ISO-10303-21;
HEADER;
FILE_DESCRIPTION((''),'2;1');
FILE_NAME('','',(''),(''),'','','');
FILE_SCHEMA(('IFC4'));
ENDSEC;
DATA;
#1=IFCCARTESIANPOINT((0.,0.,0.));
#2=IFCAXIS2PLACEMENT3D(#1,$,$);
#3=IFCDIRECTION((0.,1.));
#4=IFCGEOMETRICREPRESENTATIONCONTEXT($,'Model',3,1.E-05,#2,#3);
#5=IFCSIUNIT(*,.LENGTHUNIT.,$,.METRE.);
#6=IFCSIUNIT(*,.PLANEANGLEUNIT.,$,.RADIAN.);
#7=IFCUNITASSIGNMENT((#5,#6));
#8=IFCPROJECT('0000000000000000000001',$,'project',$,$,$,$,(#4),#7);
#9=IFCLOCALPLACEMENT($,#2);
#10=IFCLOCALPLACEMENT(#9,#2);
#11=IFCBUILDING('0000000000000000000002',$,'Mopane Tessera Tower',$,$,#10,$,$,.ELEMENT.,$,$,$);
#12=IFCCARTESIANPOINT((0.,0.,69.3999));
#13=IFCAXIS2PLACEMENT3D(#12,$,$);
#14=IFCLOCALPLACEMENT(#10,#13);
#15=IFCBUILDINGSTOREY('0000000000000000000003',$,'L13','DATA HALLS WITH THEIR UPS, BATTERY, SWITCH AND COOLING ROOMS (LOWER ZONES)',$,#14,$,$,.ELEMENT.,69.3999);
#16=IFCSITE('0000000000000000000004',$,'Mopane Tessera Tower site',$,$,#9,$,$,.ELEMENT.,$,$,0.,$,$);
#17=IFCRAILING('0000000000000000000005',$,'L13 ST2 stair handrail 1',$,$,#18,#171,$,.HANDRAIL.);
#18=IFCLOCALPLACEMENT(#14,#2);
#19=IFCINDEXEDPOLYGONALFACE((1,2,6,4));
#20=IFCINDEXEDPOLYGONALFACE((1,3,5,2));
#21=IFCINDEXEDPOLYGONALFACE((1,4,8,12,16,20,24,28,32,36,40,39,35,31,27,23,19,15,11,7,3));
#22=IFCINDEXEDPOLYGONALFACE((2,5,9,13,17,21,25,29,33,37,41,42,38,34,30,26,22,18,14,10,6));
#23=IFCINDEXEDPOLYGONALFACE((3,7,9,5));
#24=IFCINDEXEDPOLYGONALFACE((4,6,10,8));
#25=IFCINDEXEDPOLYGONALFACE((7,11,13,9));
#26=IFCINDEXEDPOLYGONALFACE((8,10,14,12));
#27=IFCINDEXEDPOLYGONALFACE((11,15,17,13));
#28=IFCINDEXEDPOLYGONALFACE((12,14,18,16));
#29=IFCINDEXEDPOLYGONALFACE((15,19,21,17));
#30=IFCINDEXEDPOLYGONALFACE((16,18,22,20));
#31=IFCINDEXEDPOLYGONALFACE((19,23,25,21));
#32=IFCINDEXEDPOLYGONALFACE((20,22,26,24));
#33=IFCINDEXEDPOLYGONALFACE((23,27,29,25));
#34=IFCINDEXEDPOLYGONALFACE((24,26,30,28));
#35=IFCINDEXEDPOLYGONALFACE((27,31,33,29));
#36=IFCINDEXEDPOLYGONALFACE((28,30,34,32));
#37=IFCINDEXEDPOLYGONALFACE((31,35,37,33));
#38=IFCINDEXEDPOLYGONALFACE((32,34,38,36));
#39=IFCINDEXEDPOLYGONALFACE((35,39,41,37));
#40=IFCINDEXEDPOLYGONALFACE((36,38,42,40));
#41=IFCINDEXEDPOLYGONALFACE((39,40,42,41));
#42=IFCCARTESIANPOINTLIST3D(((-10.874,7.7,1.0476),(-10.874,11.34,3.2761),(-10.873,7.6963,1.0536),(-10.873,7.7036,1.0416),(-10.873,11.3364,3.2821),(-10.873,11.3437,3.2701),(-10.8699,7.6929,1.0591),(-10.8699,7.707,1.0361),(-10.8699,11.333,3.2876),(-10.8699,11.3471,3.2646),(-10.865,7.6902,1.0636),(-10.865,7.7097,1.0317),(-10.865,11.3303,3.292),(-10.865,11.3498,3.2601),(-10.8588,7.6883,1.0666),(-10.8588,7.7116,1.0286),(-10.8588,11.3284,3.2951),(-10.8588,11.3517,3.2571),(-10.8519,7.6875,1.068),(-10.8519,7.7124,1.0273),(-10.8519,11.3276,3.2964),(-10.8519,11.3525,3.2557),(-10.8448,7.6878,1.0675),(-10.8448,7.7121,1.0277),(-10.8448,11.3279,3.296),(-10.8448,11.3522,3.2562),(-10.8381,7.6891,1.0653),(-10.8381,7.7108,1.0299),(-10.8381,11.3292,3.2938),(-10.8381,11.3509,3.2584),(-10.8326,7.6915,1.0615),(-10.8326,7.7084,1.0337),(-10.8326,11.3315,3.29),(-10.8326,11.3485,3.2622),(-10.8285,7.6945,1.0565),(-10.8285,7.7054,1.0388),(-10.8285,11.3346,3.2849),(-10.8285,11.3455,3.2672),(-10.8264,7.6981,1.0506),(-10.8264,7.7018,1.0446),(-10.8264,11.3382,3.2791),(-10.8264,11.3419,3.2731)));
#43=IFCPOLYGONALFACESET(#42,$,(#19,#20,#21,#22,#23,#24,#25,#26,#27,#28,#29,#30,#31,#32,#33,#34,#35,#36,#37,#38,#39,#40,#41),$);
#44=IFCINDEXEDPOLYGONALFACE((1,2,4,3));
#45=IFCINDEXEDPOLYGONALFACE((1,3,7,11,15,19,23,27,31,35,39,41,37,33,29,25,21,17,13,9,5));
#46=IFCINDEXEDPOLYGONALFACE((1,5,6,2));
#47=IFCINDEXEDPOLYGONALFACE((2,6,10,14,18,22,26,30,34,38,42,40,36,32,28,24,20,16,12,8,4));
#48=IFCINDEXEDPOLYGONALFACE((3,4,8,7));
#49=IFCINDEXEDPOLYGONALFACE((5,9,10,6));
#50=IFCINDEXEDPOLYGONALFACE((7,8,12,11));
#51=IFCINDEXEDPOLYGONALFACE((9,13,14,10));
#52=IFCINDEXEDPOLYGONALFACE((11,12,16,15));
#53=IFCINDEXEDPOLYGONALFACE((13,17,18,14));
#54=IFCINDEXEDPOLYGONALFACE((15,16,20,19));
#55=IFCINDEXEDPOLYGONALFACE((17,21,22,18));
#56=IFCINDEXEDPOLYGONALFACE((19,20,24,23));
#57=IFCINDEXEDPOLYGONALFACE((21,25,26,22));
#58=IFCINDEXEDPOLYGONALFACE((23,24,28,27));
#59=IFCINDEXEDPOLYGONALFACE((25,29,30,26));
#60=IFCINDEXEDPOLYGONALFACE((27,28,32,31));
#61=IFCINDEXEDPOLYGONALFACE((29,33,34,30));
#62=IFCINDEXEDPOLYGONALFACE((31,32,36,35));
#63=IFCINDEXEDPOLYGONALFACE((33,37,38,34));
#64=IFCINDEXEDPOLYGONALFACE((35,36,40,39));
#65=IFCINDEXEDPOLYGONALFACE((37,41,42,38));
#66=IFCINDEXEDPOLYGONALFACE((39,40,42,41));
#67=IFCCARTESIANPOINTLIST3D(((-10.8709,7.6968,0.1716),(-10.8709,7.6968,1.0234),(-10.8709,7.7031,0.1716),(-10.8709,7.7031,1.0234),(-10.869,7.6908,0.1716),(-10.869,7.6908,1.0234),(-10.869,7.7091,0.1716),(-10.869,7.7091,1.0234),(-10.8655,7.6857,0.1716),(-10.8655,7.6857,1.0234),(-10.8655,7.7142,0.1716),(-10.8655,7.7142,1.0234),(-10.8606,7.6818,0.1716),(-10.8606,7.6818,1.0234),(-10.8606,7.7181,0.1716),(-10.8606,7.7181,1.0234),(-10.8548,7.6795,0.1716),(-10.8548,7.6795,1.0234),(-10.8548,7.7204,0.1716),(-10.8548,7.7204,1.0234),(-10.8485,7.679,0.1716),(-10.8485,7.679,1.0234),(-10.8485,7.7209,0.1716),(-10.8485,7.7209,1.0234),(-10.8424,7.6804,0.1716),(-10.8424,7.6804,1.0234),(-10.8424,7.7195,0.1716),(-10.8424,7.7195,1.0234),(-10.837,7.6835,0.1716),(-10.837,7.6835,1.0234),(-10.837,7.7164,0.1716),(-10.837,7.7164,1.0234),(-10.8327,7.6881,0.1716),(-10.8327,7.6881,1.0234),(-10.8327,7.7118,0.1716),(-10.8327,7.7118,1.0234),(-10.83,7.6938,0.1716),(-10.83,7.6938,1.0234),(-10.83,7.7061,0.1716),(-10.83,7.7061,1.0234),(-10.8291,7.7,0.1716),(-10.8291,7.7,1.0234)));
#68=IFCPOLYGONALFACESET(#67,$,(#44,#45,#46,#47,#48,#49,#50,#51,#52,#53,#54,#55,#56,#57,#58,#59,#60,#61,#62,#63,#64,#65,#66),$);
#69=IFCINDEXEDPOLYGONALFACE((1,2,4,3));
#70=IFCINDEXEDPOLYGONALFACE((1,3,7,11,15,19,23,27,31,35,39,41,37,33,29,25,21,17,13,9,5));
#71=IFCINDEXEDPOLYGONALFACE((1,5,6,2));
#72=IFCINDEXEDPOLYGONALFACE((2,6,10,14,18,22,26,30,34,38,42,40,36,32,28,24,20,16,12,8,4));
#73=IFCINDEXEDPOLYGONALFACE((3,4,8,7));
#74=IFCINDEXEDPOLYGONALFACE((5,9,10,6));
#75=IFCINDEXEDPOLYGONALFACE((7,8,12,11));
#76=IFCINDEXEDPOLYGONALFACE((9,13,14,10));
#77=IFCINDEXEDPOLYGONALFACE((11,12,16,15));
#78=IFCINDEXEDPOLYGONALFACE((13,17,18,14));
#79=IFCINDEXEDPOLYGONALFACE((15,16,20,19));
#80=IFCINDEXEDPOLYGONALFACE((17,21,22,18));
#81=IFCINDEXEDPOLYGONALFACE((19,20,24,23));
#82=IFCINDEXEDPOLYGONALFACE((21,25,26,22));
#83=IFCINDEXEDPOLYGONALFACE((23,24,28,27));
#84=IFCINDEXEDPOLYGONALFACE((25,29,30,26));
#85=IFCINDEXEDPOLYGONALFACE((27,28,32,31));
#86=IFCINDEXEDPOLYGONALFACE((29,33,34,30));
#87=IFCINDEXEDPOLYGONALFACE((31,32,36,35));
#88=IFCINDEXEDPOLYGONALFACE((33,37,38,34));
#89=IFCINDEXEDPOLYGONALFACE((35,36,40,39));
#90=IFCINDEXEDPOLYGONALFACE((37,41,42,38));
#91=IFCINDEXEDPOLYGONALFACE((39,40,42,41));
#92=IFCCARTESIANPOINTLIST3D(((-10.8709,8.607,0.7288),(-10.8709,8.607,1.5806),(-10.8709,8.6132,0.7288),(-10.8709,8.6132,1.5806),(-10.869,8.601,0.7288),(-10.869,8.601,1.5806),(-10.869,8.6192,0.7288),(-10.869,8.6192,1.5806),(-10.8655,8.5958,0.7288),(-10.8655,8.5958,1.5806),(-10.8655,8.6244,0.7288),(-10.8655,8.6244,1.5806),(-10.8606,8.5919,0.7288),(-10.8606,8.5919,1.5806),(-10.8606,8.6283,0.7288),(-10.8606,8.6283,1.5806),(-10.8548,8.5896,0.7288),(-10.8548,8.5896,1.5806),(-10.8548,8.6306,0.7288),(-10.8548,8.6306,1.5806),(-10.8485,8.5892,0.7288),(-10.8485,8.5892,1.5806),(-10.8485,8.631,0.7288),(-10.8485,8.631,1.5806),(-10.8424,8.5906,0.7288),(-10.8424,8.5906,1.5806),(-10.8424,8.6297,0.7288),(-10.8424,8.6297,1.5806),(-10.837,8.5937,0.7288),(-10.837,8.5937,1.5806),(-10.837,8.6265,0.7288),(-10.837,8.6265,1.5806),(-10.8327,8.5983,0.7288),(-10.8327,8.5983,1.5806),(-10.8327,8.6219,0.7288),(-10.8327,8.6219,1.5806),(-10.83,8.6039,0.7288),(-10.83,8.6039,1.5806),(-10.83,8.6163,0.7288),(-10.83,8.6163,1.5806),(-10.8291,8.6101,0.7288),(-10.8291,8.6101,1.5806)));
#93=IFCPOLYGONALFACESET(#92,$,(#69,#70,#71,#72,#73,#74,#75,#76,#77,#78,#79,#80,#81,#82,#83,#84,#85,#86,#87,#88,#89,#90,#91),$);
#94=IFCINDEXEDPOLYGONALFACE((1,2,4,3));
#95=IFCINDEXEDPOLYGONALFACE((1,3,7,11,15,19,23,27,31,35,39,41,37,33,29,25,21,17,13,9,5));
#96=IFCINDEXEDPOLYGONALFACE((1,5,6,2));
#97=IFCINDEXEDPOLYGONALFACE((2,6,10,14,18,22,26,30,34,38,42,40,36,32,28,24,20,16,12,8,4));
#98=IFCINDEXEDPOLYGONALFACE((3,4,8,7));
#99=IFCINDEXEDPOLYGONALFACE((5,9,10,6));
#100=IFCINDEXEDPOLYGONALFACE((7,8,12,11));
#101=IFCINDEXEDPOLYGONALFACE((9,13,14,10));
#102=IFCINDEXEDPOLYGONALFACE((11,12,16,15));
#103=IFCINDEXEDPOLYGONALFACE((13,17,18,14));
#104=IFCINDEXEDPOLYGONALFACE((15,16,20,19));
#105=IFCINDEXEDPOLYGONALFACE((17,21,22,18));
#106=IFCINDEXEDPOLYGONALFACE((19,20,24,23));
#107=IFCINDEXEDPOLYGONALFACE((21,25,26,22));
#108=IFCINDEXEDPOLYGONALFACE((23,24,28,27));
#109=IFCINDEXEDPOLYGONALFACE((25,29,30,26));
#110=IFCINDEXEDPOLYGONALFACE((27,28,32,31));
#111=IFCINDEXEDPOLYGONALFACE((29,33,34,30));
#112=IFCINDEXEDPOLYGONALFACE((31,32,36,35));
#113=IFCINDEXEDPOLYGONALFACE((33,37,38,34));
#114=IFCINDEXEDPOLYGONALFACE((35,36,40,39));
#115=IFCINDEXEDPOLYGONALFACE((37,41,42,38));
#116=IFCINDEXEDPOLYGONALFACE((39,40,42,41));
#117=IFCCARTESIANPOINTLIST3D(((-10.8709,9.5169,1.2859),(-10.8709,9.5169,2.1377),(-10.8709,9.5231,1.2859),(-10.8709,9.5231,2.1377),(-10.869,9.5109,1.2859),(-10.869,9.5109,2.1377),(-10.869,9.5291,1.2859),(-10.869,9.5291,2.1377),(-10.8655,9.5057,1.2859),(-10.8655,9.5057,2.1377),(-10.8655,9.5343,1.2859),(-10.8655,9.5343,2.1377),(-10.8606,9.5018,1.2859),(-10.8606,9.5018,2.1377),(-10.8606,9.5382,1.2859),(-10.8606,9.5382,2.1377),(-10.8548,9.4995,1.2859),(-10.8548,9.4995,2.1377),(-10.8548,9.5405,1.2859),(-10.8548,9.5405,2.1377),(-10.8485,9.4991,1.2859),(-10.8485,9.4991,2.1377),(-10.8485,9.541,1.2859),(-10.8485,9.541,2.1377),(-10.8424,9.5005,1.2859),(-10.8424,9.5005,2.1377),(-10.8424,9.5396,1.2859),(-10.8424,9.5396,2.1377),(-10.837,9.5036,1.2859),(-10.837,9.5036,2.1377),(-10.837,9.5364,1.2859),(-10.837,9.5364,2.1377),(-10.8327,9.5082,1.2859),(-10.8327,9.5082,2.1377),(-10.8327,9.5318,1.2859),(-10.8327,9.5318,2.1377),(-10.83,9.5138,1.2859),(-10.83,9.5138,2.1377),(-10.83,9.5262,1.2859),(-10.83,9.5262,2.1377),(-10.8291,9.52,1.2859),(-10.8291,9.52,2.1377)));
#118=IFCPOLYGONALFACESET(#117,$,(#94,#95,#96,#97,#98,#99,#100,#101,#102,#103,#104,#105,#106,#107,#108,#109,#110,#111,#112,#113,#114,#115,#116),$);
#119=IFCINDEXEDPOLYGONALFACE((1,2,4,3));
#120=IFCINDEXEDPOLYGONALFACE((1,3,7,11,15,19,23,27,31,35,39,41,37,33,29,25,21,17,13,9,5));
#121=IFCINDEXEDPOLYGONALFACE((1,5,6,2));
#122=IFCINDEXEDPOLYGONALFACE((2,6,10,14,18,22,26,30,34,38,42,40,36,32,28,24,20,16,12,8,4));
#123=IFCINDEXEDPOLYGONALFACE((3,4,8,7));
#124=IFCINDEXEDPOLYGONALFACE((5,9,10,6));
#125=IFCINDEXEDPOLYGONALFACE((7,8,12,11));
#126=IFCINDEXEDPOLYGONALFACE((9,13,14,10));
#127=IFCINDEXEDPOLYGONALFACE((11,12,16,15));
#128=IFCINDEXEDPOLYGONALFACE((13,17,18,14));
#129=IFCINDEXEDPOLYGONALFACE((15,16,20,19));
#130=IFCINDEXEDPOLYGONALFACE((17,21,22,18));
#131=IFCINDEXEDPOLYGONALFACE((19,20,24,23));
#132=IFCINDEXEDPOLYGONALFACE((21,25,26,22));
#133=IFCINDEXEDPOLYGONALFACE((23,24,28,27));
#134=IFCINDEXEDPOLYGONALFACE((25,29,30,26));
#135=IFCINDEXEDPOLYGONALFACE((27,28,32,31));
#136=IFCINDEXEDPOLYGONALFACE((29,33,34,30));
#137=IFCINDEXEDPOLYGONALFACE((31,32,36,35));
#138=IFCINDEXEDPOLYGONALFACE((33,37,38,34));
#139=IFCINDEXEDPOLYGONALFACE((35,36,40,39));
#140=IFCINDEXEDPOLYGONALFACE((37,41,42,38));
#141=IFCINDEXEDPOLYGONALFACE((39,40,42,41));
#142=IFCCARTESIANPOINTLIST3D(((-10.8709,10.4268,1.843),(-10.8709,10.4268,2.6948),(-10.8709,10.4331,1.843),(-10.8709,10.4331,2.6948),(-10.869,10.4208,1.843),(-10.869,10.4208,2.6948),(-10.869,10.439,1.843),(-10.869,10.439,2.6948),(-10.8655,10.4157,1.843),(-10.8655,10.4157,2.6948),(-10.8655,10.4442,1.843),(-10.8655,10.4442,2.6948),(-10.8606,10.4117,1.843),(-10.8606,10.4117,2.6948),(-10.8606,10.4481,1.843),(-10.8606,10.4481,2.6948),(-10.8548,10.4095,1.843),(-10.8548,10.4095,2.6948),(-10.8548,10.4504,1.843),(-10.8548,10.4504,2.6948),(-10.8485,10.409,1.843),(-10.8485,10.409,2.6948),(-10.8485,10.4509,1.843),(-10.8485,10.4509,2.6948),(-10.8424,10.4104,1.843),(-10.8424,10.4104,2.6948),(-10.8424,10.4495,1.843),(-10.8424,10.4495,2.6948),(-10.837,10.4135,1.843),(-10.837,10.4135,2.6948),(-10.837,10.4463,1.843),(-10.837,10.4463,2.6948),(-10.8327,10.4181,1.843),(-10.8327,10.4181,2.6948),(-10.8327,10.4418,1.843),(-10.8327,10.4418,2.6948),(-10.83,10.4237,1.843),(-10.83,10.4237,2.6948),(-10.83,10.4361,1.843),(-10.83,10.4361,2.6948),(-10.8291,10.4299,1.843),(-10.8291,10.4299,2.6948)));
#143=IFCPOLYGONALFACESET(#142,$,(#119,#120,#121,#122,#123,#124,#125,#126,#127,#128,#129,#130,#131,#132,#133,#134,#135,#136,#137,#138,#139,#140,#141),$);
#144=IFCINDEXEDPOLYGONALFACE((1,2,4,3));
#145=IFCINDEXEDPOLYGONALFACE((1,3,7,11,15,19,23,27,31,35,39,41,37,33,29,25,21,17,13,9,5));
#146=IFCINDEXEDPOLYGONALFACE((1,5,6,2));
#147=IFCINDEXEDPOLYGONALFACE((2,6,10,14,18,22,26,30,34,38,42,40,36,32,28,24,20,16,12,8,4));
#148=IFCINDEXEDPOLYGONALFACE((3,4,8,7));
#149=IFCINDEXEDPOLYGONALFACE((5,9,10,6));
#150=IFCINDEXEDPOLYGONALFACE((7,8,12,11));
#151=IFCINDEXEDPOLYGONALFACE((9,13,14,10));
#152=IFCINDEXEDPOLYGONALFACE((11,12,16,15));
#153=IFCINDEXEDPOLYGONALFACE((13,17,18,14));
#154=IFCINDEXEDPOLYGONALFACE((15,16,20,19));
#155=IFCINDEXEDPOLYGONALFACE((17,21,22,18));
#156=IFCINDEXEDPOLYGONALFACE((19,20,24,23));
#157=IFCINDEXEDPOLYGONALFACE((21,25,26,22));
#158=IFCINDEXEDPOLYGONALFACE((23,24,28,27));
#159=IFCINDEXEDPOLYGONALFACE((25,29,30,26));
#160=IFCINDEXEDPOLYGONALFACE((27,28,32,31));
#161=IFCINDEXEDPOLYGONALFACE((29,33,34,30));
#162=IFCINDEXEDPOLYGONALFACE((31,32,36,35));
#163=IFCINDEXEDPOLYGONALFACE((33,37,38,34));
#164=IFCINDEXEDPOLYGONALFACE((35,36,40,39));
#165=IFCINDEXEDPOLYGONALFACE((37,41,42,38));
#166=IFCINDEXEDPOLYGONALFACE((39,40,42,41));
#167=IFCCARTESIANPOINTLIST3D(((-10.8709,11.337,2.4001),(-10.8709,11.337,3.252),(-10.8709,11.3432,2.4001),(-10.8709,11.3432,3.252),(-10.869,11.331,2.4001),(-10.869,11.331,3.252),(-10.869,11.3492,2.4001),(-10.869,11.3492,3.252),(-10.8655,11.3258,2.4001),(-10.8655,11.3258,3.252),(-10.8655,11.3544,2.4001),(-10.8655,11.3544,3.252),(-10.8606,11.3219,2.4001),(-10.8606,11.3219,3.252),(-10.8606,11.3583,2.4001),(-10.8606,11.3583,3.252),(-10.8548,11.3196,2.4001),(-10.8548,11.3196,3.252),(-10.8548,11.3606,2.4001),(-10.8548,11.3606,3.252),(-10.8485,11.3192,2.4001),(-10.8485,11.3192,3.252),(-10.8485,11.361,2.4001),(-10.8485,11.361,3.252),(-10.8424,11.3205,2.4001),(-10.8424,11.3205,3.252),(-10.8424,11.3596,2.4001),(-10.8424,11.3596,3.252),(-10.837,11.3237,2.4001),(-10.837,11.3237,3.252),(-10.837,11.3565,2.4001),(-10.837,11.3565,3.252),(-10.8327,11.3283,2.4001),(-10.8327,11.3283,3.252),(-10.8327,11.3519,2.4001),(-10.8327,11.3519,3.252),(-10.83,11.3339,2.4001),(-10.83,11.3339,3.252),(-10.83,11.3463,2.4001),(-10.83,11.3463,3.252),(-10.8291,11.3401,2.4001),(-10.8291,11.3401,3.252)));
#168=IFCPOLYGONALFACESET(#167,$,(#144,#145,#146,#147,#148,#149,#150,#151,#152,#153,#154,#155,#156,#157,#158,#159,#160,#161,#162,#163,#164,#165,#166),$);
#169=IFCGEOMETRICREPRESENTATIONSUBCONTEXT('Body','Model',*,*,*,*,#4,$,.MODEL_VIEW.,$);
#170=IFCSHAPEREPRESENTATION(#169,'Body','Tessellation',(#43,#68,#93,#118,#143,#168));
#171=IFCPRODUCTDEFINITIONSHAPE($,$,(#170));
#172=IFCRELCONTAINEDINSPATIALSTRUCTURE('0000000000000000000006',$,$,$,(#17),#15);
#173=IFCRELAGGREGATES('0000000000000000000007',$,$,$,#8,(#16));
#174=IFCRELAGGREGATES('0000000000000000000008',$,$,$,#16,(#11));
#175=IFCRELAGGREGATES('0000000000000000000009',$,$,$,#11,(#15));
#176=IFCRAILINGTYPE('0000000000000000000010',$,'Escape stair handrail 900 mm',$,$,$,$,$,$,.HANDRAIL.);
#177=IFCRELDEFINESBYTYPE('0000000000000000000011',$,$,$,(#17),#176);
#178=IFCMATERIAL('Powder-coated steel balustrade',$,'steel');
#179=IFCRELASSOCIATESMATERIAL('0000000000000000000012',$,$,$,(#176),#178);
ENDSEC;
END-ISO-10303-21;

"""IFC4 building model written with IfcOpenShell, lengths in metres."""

from ifc_helpers import new_model, si_unit, direction, frame, origin, origin_2d, place, context, subcontext, project, spatial, circle, extrude, material, type_object, element, save


model = new_model("IFC4")

# Units and contexts
model_context = context("Model", 3, precision=1e-05, world=origin(), true_north=direction((0.0, 1.0)))
body_context = subcontext(model_context, "Body", "Model", "MODEL_VIEW")
ifc_project = project(units=[si_unit("LENGTHUNIT", "METRE"), si_unit("PLANEANGLEUNIT", "RADIAN")], contexts=[model_context])

# Site, building, storey
site_placement = place(None, origin())
site = spatial("IfcSite", under=ifc_project, at=site_placement, Name="Mopane Tessera Tower site", CompositionType="ELEMENT", RefElevation=0.0)
building_placement = place(site_placement, origin())
building = spatial("IfcBuilding", under=site, at=building_placement, Name="Mopane Tessera Tower", CompositionType="ELEMENT")
storey_placement = place(building_placement, frame((0.0, 0.0, 69.3999)))
storey = spatial("IfcBuildingStorey", under=building, at=storey_placement, Name="L13", Description="DATA HALLS WITH THEIR UPS, BATTERY, SWITCH AND COOLING ROOMS (LOWER ZONES)", CompositionType="ELEMENT", Elevation=69.3999)

# Railing
ifc_material_1 = material(Name="Powder-coated steel balustrade", Category="steel")
railing_type_1 = type_object("IfcRailingType", Name="Escape stair handrail 900 mm", PredefinedType="HANDRAIL", material=ifc_material_1)
railing_1_placement = place(storey_placement, frame((-10.8501, 7.7, 0.1716)))
element("IfcRailing", 1, at=railing_1_placement, inside=storey, type_object=railing_type_1, Name="L13 ST2 stair handrail 1", PredefinedType="HANDRAIL", context=body_context, shape_type="SweptSolid", body=[
    extrude(circle(Radius=0.0239, at=origin_2d()), frame((0.0, 0.0, 0.876), z_axis=(0.0, 0.852866, 0.52213), x_axis=(-1.0, 0.0, 0.0)), (0.0, 0.0, 1.0), 4.2681),
    extrude(circle(Radius=0.021, at=origin_2d()), origin(), (0.0, 0.0, 1.0), 0.8518),
    extrude(circle(Radius=0.021, at=origin_2d()), frame((0.0, 0.9102, 0.5571)), (0.0, 0.0, 1.0), 0.8518),
    extrude(circle(Radius=0.021, at=origin_2d()), frame((0.0, 1.8201, 1.1143)), (0.0, 0.0, 1.0), 0.8518),
    extrude(circle(Radius=0.021, at=origin_2d()), frame((0.0, 2.73, 1.6714)), (0.0, 0.0, 1.0), 0.8518),
    extrude(circle(Radius=0.021, at=origin_2d()), frame((0.0, 3.6401, 2.2285)), (0.0, 0.0, 1.0), 0.8518),
])

save(model, "model.ifc")
